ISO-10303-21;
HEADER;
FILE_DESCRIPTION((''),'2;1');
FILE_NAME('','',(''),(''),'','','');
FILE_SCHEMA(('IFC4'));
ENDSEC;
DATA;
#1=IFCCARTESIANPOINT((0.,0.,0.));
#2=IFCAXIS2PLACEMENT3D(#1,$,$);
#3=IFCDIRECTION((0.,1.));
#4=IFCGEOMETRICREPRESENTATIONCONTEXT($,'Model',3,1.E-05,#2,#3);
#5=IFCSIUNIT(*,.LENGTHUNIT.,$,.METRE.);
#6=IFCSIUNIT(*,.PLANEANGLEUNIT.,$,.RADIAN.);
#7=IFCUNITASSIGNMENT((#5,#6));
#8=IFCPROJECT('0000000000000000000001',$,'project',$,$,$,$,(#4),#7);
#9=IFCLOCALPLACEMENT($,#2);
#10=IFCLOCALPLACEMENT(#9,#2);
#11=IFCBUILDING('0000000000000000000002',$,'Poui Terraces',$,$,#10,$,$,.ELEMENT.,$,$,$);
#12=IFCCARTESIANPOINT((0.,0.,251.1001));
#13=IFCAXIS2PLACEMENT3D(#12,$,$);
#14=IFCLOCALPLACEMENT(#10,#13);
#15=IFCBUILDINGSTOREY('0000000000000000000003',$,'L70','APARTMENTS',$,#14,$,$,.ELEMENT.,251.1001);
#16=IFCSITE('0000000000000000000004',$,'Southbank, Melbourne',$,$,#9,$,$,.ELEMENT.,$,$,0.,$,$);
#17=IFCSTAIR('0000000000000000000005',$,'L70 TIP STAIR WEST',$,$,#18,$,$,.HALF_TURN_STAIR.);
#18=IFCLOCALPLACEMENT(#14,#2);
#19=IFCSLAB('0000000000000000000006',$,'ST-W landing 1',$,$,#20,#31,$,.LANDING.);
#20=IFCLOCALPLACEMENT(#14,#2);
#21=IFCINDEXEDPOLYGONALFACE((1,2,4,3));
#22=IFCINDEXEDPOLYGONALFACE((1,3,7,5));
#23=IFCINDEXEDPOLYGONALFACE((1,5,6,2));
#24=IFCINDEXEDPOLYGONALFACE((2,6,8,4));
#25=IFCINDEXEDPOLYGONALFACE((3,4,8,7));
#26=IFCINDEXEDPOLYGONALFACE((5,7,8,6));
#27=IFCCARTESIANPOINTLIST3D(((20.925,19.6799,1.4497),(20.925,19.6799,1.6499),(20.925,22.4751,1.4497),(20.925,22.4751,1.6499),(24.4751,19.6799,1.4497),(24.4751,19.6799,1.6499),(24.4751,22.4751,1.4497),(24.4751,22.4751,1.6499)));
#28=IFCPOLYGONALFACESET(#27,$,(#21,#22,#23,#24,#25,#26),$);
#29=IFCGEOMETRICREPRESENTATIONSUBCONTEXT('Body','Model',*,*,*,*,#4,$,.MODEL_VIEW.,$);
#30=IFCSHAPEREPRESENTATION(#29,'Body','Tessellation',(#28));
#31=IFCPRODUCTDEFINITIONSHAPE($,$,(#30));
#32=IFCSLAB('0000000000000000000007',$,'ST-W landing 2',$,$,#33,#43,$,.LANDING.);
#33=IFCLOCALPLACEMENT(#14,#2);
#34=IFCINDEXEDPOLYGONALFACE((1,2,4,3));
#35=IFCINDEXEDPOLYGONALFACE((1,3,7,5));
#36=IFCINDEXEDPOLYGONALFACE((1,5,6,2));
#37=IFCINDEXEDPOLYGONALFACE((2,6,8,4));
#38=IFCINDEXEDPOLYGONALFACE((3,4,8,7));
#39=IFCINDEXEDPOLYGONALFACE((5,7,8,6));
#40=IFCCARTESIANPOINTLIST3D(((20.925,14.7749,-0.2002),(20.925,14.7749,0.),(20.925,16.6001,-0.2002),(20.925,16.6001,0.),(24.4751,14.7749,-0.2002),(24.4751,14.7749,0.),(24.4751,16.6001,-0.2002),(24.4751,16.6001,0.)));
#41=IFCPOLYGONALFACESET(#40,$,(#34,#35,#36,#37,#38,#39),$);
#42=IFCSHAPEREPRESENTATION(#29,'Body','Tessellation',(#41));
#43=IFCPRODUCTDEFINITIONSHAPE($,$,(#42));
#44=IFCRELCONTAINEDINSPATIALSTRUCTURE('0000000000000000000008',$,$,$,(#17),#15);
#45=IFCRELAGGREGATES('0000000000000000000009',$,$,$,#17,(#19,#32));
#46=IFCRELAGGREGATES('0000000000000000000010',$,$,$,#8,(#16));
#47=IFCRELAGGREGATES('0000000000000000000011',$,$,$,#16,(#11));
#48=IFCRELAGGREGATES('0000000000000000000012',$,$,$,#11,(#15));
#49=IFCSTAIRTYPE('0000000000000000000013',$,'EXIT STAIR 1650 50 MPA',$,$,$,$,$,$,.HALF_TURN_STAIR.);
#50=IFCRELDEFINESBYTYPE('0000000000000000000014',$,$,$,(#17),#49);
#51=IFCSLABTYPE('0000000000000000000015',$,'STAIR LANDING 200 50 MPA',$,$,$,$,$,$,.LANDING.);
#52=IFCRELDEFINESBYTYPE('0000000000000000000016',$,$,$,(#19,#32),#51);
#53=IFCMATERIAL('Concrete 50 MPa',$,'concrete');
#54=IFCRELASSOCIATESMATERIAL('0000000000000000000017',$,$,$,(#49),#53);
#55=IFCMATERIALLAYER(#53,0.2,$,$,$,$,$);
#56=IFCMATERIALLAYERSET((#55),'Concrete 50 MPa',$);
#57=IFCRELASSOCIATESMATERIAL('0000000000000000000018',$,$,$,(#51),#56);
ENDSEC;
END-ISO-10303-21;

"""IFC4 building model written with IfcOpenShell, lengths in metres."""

from ifc_helpers import new_model, si_unit, direction, frame, origin, place, context, subcontext, project, spatial, polyline, outline, extrude, material, layer, layer_set, type_object, element, aggregate, save


model = new_model("IFC4")

# Units and contexts
model_context = context("Model", 3, precision=1e-05, world=origin(), true_north=direction((0.0, 1.0)))
body_context = subcontext(model_context, "Body", "Model", "MODEL_VIEW")
ifc_project = project(units=[si_unit("LENGTHUNIT", "METRE"), si_unit("PLANEANGLEUNIT", "RADIAN")], contexts=[model_context])

# Site, building, storey
site_placement = place(None, origin())
site = spatial("IfcSite", under=ifc_project, at=site_placement, Name="Southbank, Melbourne", CompositionType="ELEMENT", RefElevation=0.0)
building_placement = place(site_placement, origin())
building = spatial("IfcBuilding", under=site, at=building_placement, Name="Poui Terraces", CompositionType="ELEMENT")
storey_placement = place(building_placement, frame((0.0, 0.0, 251.1001)))
storey = spatial("IfcBuildingStorey", under=building, at=storey_placement, Name="L70", Description="APARTMENTS", CompositionType="ELEMENT", Elevation=251.1001)

# Stair, slabs
ifc_material = material(Name="Concrete 50 MPa", Category="concrete")
stair_type = type_object("IfcStairType", Name="EXIT STAIR 1650 50 MPA", PredefinedType="HALF_TURN_STAIR", material=ifc_material)
stair_placement = place(storey_placement, origin())
stair = element("IfcStair", 1, at=stair_placement, inside=storey, type_object=stair_type, Name="L70 TIP STAIR WEST", PredefinedType="HALF_TURN_STAIR")
ifc_layer = layer(ifc_material, 0.2)
ifc_layer_set = layer_set([ifc_layer], Name="Concrete 50 MPa")
slab_type = type_object("IfcSlabType", Name="STAIR LANDING 200 50 MPA", PredefinedType="LANDING", material=ifc_layer_set)
slab_1_placement = place(storey_placement, frame((0.0, 0.0, 1.4497)))
slab_1 = element("IfcSlab", 2, at=slab_1_placement, type_object=slab_type, Name="ST-W landing 1", PredefinedType="LANDING", context=body_context, shape_type="SweptSolid", body=[
    extrude(outline(polyline([(20.925, 19.6799), (24.4751, 19.6799), (24.4751, 22.4751), (20.925, 22.4751), (20.925, 19.6799)])), origin(), (0.0, 0.0, 1.0), 0.2002),
])
slab_2_placement = place(storey_placement, frame((0.0, 0.0, -0.2002)))
slab_2 = element("IfcSlab", 3, at=slab_2_placement, type_object=slab_type, Name="ST-W landing 2", PredefinedType="LANDING", context=body_context, shape_type="SweptSolid", body=[
    extrude(outline(polyline([(20.925, 14.7749), (24.4751, 14.7749), (24.4751, 16.6001), (20.925, 16.6001), (20.925, 14.7749)])), origin(), (0.0, 0.0, 1.0), 0.2002),
])
aggregate(stair, [slab_1, slab_2])

save(model, "model.ifc")
